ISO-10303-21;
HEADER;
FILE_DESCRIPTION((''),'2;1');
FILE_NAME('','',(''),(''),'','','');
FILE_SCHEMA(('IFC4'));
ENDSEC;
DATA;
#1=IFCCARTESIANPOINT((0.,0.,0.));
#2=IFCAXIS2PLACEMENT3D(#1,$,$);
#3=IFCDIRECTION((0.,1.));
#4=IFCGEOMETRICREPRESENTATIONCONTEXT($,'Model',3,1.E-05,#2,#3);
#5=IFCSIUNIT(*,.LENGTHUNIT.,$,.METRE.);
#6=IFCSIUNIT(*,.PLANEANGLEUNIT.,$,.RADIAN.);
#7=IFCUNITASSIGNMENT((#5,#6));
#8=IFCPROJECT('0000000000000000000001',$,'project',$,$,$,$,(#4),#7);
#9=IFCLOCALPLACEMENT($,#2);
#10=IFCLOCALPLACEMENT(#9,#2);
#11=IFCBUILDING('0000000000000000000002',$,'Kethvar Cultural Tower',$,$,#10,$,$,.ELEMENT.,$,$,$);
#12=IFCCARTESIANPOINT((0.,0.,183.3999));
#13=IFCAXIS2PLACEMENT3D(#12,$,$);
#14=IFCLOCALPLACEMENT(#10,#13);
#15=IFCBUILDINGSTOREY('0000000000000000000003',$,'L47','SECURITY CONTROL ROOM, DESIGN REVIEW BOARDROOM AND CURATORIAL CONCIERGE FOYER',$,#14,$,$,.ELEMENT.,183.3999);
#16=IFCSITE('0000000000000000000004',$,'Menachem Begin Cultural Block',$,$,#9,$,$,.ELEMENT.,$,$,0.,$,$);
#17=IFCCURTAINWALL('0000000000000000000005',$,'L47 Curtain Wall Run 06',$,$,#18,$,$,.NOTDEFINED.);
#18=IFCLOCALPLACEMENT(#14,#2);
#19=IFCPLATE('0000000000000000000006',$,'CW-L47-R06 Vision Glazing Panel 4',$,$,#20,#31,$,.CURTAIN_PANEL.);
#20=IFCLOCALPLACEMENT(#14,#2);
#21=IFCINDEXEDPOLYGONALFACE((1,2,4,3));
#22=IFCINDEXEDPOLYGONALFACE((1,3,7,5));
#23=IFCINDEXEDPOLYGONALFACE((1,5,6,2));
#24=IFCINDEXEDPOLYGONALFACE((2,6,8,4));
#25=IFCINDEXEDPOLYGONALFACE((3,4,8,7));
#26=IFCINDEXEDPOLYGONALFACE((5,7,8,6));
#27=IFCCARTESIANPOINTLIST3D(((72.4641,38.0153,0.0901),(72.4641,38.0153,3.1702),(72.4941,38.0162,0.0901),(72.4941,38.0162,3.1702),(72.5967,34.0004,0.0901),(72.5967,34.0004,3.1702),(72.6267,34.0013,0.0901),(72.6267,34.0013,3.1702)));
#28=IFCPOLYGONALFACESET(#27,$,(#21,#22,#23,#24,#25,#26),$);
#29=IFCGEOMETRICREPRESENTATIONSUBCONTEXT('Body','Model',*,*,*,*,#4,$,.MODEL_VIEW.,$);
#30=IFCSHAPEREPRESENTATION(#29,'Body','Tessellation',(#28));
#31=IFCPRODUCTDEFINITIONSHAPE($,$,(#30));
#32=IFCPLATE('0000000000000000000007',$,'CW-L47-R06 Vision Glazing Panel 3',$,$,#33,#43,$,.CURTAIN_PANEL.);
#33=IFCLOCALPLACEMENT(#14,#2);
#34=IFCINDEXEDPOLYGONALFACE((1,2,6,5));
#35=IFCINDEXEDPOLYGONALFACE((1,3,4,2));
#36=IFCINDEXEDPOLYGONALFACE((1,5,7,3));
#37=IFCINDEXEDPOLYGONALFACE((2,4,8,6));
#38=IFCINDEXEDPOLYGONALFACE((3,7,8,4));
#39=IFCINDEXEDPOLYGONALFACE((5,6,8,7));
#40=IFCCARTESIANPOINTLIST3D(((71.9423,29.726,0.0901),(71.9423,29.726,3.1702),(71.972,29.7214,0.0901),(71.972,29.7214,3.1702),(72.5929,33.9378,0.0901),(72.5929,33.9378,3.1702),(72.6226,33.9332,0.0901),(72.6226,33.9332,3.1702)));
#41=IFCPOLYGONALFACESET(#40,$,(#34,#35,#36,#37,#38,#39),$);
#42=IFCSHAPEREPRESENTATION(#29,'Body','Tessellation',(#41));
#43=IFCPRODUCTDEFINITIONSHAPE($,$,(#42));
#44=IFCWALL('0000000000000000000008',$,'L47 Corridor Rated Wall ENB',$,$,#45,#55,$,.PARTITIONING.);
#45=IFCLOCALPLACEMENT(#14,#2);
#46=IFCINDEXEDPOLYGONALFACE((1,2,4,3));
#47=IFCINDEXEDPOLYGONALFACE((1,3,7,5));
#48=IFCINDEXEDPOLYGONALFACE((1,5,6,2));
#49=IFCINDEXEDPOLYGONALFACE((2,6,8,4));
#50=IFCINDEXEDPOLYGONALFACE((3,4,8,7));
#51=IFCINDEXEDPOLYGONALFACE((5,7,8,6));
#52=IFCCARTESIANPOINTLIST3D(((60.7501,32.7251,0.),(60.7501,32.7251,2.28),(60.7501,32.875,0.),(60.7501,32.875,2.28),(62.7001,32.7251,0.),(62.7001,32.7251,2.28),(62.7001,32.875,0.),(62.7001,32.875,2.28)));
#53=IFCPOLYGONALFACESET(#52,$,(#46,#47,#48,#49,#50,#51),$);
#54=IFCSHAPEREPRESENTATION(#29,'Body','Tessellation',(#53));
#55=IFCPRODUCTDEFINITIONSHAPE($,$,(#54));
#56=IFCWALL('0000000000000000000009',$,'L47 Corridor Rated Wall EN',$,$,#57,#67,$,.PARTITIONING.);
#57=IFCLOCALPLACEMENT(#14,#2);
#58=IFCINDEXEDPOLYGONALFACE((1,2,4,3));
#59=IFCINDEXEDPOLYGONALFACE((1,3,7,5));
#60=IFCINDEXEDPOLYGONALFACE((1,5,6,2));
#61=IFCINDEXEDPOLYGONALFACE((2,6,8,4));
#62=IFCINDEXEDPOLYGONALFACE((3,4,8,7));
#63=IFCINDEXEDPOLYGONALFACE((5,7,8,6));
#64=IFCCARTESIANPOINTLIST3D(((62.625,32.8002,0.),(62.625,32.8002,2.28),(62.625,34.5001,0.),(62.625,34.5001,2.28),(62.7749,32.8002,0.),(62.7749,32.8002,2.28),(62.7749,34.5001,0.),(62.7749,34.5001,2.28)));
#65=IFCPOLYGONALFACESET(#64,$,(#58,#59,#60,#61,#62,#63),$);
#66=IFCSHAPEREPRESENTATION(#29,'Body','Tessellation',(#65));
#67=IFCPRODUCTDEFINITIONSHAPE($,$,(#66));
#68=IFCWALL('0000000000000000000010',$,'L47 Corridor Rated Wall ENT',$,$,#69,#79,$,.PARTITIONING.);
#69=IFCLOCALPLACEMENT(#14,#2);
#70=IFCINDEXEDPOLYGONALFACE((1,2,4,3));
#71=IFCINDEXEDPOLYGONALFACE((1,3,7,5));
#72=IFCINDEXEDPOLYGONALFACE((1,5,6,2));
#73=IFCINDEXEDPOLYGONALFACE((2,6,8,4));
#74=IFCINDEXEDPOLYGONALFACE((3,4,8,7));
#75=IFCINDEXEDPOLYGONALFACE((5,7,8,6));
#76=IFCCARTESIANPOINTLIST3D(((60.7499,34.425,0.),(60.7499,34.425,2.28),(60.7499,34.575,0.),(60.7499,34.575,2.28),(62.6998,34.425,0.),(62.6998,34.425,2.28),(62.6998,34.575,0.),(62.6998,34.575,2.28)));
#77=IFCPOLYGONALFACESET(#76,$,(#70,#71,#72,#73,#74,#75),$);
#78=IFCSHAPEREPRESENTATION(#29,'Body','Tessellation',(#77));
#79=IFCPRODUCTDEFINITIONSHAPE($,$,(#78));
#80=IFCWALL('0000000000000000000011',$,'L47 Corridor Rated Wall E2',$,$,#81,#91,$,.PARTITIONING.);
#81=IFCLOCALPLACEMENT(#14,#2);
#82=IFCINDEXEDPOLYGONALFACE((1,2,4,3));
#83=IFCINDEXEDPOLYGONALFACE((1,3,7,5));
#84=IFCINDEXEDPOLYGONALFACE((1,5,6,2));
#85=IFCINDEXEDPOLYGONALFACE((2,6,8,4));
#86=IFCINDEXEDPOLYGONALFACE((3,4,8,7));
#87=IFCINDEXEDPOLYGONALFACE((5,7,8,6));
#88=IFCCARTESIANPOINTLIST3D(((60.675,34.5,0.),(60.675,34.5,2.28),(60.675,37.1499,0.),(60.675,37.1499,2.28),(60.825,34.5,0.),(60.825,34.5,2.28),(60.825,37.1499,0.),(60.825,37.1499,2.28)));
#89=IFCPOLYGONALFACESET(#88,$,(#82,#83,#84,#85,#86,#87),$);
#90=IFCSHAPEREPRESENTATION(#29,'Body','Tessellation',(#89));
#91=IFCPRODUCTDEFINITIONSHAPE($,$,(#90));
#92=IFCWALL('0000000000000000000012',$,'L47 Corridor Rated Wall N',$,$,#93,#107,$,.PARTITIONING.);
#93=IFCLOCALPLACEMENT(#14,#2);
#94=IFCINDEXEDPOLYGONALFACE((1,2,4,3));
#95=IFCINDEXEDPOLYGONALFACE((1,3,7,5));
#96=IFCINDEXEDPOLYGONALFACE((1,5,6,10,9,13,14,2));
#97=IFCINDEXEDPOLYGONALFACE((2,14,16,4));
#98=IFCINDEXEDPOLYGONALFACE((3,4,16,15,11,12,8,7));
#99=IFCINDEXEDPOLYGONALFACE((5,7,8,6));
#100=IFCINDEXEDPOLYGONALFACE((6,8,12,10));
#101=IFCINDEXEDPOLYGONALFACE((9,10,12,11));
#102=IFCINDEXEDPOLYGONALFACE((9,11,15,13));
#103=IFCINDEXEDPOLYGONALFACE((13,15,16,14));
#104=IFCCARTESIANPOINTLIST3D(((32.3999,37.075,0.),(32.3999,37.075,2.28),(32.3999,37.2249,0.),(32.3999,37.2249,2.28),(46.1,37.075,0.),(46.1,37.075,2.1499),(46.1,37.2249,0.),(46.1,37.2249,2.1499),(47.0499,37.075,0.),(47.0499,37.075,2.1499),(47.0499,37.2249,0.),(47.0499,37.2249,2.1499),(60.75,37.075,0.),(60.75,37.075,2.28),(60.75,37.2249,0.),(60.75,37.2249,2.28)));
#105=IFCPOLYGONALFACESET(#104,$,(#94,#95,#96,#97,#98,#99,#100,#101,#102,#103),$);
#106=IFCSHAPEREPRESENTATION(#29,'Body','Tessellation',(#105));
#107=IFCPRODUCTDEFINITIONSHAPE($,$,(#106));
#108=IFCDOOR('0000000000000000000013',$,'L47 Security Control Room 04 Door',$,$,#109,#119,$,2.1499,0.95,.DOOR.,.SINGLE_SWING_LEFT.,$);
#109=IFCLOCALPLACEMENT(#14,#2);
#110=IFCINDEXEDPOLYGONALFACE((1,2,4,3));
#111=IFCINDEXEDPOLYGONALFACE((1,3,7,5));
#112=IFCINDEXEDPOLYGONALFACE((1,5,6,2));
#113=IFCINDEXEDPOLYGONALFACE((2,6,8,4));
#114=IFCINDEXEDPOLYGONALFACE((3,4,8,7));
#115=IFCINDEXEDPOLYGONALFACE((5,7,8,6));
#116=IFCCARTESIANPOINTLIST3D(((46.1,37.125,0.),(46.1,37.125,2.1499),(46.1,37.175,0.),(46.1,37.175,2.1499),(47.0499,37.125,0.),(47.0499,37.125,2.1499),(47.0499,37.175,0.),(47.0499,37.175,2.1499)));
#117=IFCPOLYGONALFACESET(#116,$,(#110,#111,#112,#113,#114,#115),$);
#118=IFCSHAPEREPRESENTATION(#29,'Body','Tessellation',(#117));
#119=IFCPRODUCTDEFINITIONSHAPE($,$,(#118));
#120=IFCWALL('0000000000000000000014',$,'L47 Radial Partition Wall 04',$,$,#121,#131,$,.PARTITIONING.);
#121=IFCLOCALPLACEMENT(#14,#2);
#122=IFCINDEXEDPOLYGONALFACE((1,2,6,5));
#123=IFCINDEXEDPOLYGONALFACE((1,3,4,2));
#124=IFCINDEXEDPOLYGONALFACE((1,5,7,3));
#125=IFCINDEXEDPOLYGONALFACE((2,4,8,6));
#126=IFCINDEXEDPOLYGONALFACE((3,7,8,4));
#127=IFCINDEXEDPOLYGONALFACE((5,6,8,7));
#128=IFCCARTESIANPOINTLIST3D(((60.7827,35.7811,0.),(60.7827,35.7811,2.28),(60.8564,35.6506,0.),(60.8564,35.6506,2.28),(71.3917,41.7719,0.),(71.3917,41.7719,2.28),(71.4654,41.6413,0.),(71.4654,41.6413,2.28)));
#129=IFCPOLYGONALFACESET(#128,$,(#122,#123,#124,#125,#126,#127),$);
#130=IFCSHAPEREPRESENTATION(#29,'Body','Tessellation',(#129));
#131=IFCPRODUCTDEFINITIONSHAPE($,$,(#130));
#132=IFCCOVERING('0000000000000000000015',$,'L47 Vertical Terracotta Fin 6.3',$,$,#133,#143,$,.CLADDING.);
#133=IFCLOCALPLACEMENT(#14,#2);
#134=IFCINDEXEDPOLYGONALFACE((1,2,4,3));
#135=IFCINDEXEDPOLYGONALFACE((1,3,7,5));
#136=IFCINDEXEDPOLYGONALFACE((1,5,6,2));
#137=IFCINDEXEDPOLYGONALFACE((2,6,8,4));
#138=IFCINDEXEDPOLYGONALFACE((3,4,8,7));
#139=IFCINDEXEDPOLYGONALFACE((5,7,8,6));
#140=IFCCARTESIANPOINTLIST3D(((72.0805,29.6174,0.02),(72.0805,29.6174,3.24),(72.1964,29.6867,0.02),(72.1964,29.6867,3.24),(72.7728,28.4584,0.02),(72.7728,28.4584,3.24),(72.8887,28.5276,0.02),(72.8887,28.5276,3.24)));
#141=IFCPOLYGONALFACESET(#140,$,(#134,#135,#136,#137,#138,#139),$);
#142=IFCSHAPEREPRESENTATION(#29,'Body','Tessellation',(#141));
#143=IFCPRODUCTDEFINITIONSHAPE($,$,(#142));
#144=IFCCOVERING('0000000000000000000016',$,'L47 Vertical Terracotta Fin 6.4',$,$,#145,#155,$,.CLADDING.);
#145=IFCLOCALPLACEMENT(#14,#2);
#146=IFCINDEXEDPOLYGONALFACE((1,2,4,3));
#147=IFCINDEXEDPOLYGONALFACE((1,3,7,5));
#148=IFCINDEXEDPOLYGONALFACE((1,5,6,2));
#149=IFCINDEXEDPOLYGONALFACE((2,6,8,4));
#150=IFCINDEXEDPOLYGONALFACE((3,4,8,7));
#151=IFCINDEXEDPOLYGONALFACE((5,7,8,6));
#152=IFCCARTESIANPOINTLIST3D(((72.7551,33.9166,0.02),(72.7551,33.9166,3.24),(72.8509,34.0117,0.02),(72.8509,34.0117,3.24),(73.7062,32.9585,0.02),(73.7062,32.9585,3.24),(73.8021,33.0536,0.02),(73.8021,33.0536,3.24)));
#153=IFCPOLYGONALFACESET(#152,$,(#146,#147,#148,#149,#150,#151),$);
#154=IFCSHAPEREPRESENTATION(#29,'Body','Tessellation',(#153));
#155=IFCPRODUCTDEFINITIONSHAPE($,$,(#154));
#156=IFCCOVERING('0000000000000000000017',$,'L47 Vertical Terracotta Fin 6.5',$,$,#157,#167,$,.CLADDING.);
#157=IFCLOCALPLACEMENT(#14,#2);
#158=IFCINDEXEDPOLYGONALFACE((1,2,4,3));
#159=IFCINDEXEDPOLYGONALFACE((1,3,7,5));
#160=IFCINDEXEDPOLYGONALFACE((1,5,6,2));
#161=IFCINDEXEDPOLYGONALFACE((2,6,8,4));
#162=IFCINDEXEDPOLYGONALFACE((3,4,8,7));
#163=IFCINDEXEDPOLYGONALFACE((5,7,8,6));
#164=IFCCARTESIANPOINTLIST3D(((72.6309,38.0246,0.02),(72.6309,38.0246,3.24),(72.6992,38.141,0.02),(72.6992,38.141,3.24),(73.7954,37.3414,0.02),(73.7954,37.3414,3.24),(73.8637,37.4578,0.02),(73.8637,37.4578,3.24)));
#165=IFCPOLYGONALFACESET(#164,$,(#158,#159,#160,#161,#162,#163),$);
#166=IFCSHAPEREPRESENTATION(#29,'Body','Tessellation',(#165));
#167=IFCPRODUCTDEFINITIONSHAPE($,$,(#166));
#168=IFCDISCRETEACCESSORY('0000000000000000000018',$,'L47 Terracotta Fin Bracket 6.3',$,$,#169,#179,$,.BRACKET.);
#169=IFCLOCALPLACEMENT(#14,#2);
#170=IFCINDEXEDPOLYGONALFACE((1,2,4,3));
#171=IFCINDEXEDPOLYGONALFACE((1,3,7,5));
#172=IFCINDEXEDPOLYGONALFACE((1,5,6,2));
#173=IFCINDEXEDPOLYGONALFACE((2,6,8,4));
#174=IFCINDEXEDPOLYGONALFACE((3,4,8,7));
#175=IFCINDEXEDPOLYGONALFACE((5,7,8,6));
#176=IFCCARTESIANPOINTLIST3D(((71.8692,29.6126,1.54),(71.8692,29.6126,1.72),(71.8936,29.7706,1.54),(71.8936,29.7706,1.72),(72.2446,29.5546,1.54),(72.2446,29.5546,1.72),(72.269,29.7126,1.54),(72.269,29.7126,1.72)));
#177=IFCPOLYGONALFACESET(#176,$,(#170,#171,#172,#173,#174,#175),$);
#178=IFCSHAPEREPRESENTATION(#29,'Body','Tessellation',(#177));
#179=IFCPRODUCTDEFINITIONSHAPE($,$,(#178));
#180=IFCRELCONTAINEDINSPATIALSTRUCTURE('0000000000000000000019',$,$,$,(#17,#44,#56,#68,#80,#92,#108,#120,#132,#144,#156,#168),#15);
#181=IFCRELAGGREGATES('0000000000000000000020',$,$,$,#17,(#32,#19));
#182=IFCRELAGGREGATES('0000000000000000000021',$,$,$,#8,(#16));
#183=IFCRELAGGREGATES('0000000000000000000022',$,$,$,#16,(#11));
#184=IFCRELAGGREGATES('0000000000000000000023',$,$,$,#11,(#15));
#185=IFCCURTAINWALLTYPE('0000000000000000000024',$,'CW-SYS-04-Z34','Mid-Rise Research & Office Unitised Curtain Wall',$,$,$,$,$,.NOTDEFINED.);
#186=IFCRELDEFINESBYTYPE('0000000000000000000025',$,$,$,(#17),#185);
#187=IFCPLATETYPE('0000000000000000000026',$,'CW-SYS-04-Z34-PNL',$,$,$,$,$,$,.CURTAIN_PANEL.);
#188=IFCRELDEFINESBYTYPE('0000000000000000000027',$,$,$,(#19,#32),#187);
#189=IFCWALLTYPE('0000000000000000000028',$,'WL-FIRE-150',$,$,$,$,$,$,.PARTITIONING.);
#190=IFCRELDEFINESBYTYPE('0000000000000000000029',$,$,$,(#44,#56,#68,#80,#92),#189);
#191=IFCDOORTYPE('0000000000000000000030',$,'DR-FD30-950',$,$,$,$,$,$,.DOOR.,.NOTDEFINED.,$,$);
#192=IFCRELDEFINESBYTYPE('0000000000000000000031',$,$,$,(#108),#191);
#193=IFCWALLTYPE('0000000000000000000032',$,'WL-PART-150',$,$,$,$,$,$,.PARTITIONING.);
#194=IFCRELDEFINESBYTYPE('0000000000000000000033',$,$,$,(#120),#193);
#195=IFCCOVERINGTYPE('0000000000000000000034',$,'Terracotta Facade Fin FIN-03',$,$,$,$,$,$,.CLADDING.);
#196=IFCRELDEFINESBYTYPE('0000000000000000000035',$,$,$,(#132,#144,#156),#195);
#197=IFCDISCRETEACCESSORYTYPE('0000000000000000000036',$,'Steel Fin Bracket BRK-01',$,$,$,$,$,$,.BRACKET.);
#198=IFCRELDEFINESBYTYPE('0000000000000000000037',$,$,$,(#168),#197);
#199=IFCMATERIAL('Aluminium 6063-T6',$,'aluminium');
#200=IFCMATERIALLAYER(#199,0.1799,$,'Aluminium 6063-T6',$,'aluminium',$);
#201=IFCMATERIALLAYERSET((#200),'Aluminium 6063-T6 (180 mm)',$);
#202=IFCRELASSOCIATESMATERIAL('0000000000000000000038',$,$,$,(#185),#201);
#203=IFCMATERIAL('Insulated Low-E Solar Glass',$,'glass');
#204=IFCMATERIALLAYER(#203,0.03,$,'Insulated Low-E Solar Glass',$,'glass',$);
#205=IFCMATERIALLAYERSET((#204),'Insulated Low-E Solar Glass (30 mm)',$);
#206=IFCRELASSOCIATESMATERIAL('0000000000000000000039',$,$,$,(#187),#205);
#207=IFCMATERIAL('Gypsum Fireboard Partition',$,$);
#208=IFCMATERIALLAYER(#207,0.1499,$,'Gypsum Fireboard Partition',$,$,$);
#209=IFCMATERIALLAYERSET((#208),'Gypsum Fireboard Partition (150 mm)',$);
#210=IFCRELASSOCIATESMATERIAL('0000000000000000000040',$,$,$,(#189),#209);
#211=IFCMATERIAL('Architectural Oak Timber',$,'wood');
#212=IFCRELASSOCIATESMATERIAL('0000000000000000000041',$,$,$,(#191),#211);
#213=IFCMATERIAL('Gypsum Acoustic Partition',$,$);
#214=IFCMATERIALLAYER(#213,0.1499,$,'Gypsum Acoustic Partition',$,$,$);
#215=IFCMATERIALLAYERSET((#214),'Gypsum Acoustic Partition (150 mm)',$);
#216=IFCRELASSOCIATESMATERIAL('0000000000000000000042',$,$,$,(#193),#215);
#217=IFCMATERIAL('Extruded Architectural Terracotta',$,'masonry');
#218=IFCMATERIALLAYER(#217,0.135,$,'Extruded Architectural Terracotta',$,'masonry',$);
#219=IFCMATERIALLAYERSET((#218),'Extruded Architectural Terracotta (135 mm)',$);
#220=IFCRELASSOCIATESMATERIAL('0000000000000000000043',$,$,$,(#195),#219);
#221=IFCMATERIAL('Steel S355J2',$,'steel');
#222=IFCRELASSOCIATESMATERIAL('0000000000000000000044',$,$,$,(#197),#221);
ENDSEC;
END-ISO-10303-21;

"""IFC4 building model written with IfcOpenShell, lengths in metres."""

from ifc_helpers import new_model, si_unit, direction, frame, frame_2d, origin, origin_2d, place, context, subcontext, project, spatial, rectangle, extrude, source, transform, mapped, material, layer, layer_set, type_object, element, fill, aggregate, save


model = new_model("IFC4")

# Units and contexts
model_context = context("Model", 3, precision=1e-05, world=origin(), true_north=direction((0.0, 1.0)))
body_context = subcontext(model_context, "Body", "Model", "MODEL_VIEW")
ifc_project = project(units=[si_unit("LENGTHUNIT", "METRE"), si_unit("PLANEANGLEUNIT", "RADIAN")], contexts=[model_context])

# Site, building, storey
site_placement = place(None, origin())
site = spatial("IfcSite", under=ifc_project, at=site_placement, Name="Menachem Begin Cultural Block", CompositionType="ELEMENT", RefElevation=0.0)
building_placement = place(site_placement, origin())
building = spatial("IfcBuilding", under=site, at=building_placement, Name="Kethvar Cultural Tower", CompositionType="ELEMENT")
storey_placement = place(building_placement, frame((0.0, 0.0, 183.3999)))
storey = spatial("IfcBuildingStorey", under=building, at=storey_placement, Name="L47", Description="SECURITY CONTROL ROOM, DESIGN REVIEW BOARDROOM AND CURATORIAL CONCIERGE FOYER", CompositionType="ELEMENT", Elevation=183.3999)

# Shared definitions
ifc_material_1 = material(Name="Steel S355J2", Category="steel")

# Curtain wall, plates
ifc_material_2 = material(Name="Aluminium 6063-T6", Category="aluminium")
ifc_layer_1 = layer(ifc_material_2, 0.1799, Name="Aluminium 6063-T6", Category="aluminium")
ifc_layer_set_1 = layer_set([ifc_layer_1], Name="Aluminium 6063-T6 (180 mm)")
curtain_wall_type = type_object("IfcCurtainWallType", Name="CW-SYS-04-Z34", Description="Mid-Rise Research & Office Unitised Curtain Wall", PredefinedType="NOTDEFINED", material=ifc_layer_set_1)
curtain_wall_placement = place(storey_placement, origin())
curtain_wall = element("IfcCurtainWall", 1, at=curtain_wall_placement, inside=storey, type_object=curtain_wall_type, Name="L47 Curtain Wall Run 06", PredefinedType="NOTDEFINED")
ifc_material_3 = material(Name="Insulated Low-E Solar Glass", Category="glass")
ifc_layer_2 = layer(ifc_material_3, 0.03, Name="Insulated Low-E Solar Glass", Category="glass")
ifc_layer_set_2 = layer_set([ifc_layer_2], Name="Insulated Low-E Solar Glass (30 mm)")
plate_type = type_object("IfcPlateType", Name="CW-SYS-04-Z34-PNL", PredefinedType="CURTAIN_PANEL", material=ifc_layer_set_2)
shared_shape_1 = source(origin(), body_context, "Body", "SweptSolid", [
    extrude(rectangle(XDim=4.0171, YDim=0.03, at=origin_2d()), origin(), (0.0, 0.0, 1.0), 3.0801),
])
plate_1_placement = place(storey_placement, frame((72.5454, 36.0083, 0.0901), z_axis=(0.0, 0.0, 1.0), x_axis=(-0.032998, 0.999455, 0.0)))
plate_1 = element("IfcPlate", 2, at=plate_1_placement, type_object=plate_type, Name="CW-L47-R06 Vision Glazing Panel 4", PredefinedType="CURTAIN_PANEL", context=body_context, shape_type="MappedRepresentation", body=[
    mapped(shared_shape_1, transform((0.0, 0.0, 0.0), scale=1.0)),
])
shared_shape_2 = source(origin(), body_context, "Body", "SweptSolid", [
    extrude(rectangle(XDim=4.2617, YDim=0.03, at=origin_2d()), origin(), (0.0, 0.0, 1.0), 3.0801),
])
plate_2_placement = place(storey_placement, frame((72.2825, 31.8296, 0.0901), z_axis=(0.0, 0.0, 1.0), x_axis=(0.152658, 0.988279, 0.0)))
plate_2 = element("IfcPlate", 3, at=plate_2_placement, type_object=plate_type, Name="CW-L47-R06 Vision Glazing Panel 3", PredefinedType="CURTAIN_PANEL", context=body_context, shape_type="MappedRepresentation", body=[
    mapped(shared_shape_2, transform((0.0, 0.0, 0.0), scale=1.0)),
])
aggregate(curtain_wall, [plate_2, plate_1])

# Walls
ifc_material_4 = material(Name="Gypsum Fireboard Partition")
ifc_layer_3 = layer(ifc_material_4, 0.1499, Name="Gypsum Fireboard Partition")
ifc_layer_set_3 = layer_set([ifc_layer_3], Name="Gypsum Fireboard Partition (150 mm)")
wall_type_1 = type_object("IfcWallType", Name="WL-FIRE-150", PredefinedType="PARTITIONING", material=ifc_layer_set_3)
wall_1_placement = place(storey_placement, frame((60.75, 32.8, 0.0), z_axis=(0.0, 0.0, 1.0), x_axis=(1.0, 0.0, 0.0)))
element("IfcWall", 4, at=wall_1_placement, inside=storey, type_object=wall_type_1, Name="L47 Corridor Rated Wall ENB", PredefinedType="PARTITIONING", context=body_context, shape_type="SweptSolid", body=[
    extrude(rectangle(XDim=1.95, YDim=0.1499, at=frame_2d((0.9751, 0.0))), origin(), (0.0, 0.0, 1.0), 2.28),
])
wall_2_placement = place(storey_placement, frame((62.7, 32.8, 0.0), z_axis=(0.0, 0.0, 1.0), x_axis=(0.0, 1.0, 0.0)))
element("IfcWall", 5, at=wall_2_placement, inside=storey, type_object=wall_type_1, Name="L47 Corridor Rated Wall EN", PredefinedType="PARTITIONING", context=body_context, shape_type="SweptSolid", body=[
    extrude(rectangle(XDim=1.7, YDim=0.1499, at=frame_2d((0.8501, 0.0))), origin(), (0.0, 0.0, 1.0), 2.28),
])
wall_3_placement = place(storey_placement, frame((62.7, 34.5, 0.0), z_axis=(0.0, 0.0, 1.0), x_axis=(-1.0, 0.0, 0.0)))
element("IfcWall", 6, at=wall_3_placement, inside=storey, type_object=wall_type_1, Name="L47 Corridor Rated Wall ENT", PredefinedType="PARTITIONING", context=body_context, shape_type="SweptSolid", body=[
    extrude(rectangle(XDim=1.95, YDim=0.1499, at=frame_2d((0.9751, 0.0))), origin(), (0.0, 0.0, 1.0), 2.28),
])
wall_4_placement = place(storey_placement, frame((60.75, 34.5, 0.0), z_axis=(0.0, 0.0, 1.0), x_axis=(0.0, 1.0, 0.0)))
element("IfcWall", 7, at=wall_4_placement, inside=storey, type_object=wall_type_1, Name="L47 Corridor Rated Wall E2", PredefinedType="PARTITIONING", context=body_context, shape_type="SweptSolid", body=[
    extrude(rectangle(XDim=2.6499, YDim=0.1499, at=frame_2d((1.325, 0.0))), origin(), (0.0, 0.0, 1.0), 2.28),
])

# Wall, opening, door
wall_5_placement = place(storey_placement, frame((60.75, 37.1499, 0.0), z_axis=(0.0, 0.0, 1.0), x_axis=(-1.0, 0.0, 0.0)))
wall_5 = element("IfcWall", 8, at=wall_5_placement, inside=storey, type_object=wall_type_1, Name="L47 Corridor Rated Wall N", PredefinedType="PARTITIONING", context=body_context, shape_type="SweptSolid", body=[
    extrude(rectangle(XDim=28.3501, YDim=0.1499, at=frame_2d((14.175, 0.0))), origin(), (0.0, 0.0, 1.0), 2.28),
])
opening_placement = place(wall_5_placement, frame((13.7, 0.0, 0.0)))
opening = element("IfcOpeningElement", 9, at=opening_placement, cuts=wall_5, PredefinedType="OPENING", context=body_context, shape_type="SweptSolid", body=[
    extrude(rectangle(XDim=0.95, YDim=2.1499, at=frame_2d((0.4751, 1.075))), frame((0.0, 0.085, 0.0), z_axis=(0.0, -1.0, 0.0), x_axis=(1.0, 0.0, 0.0)), (0.0, 0.0, 1.0), 0.1699),
])
ifc_material_5 = material(Name="Architectural Oak Timber", Category="wood")
door_type = type_object("IfcDoorType", Name="DR-FD30-950", OperationType="NOTDEFINED", PredefinedType="DOOR", material=ifc_material_5)
shared_shape_3 = source(origin(), body_context, "Body", "SweptSolid", [
    extrude(rectangle(XDim=0.95, YDim=2.1499, at=frame_2d((0.4751, 1.075))), frame((0.0, 0.0249, 0.0), z_axis=(0.0, -1.0, 0.0), x_axis=(1.0, 0.0, 0.0)), (0.0, 0.0, 1.0), 0.05),
])
door_placement = place(opening_placement, origin())
door = element("IfcDoor", 10, at=door_placement, inside=storey, type_object=door_type, Name="L47 Security Control Room 04 Door", OperationType="SINGLE_SWING_LEFT", OverallHeight=2.1499, OverallWidth=0.95, PredefinedType="DOOR", context=body_context, shape_type="MappedRepresentation", body=[
    mapped(shared_shape_3, transform((0.0, 0.0, 0.0), scale=1.0)),
])
fill(opening, door)

# Wall
ifc_material_6 = material(Name="Gypsum Acoustic Partition")
ifc_layer_4 = layer(ifc_material_6, 0.1499, Name="Gypsum Acoustic Partition")
ifc_layer_set_4 = layer_set([ifc_layer_4], Name="Gypsum Acoustic Partition (150 mm)")
wall_type_2 = type_object("IfcWallType", Name="WL-PART-150", PredefinedType="PARTITIONING", material=ifc_layer_set_4)
wall_6_placement = place(storey_placement, frame((60.8196, 35.7158, 0.0), z_axis=(0.0, 0.0, 1.0), x_axis=(0.87076, 0.491709, 0.0)))
element("IfcWall", 11, at=wall_6_placement, inside=storey, type_object=wall_type_2, Name="L47 Radial Partition Wall 04", PredefinedType="PARTITIONING", context=body_context, shape_type="SweptSolid", body=[
    extrude(rectangle(XDim=12.1836, YDim=0.1499, at=frame_2d((6.0918, 0.0))), origin(), (0.0, 0.0, 1.0), 2.28),
])

# Coverings
ifc_material_7 = material(Name="Extruded Architectural Terracotta", Category="masonry")
ifc_layer_5 = layer(ifc_material_7, 0.135, Name="Extruded Architectural Terracotta", Category="masonry")
ifc_layer_set_5 = layer_set([ifc_layer_5], Name="Extruded Architectural Terracotta (135 mm)")
covering_type = type_object("IfcCoveringType", Name="Terracotta Facade Fin FIN-03", PredefinedType="CLADDING", material=ifc_layer_set_5)
shared_shape_4 = source(origin(), body_context, "Body", "SweptSolid", [
    extrude(rectangle(XDim=1.3501, YDim=0.135, at=origin_2d()), origin(), (0.0, 0.0, 1.0), 3.22),
])
for number, where, z_axis, x_axis, name in (
    (12, (72.4846, 29.0725, 0.02), (0.0, 0.0, 1.0), (0.512792, -0.858513, 0.0), "L47 Vertical Terracotta Fin 6.3"),
    (13, (73.2786, 33.4851, 0.02), (0.0, 0.0, 1.0), (0.70451, -0.709694, 0.0), "L47 Vertical Terracotta Fin 6.4"),
    (14, (73.2473, 37.7412, 0.02), (0.0, 0.0, 1.0), (0.862514, -0.506034, 0.0), "L47 Vertical Terracotta Fin 6.5"),
):
    element("IfcCovering", number, at=place(storey_placement, frame(where, z_axis=z_axis, x_axis=x_axis)), inside=storey, type_object=covering_type, Name=name, PredefinedType="CLADDING", context=body_context, shape_type="MappedRepresentation", body=[
        mapped(shared_shape_4, transform((0.0, 0.0, 0.0), scale=1.0)),
    ])

# Discrete accessory
discrete_accessory_type = type_object("IfcDiscreteAccessoryType", Name="Steel Fin Bracket BRK-01", PredefinedType="BRACKET", material=ifc_material_1)
shared_shape_5 = source(origin(), body_context, "Body", "SweptSolid", [
    extrude(rectangle(XDim=0.3799, YDim=0.1599, at=origin_2d()), origin(), (0.0, 0.0, 1.0), 0.1799),
])
for number, where, z_axis, x_axis, name in (
    (15, (72.0691, 29.6626, 1.54), (0.0, 0.0, 1.0), (0.988282, -0.152641, 0.0), "L47 Terracotta Fin Bracket 6.3"),
):
    element("IfcDiscreteAccessory", number, at=place(storey_placement, frame(where, z_axis=z_axis, x_axis=x_axis)), inside=storey, type_object=discrete_accessory_type, Name=name, PredefinedType="BRACKET", context=body_context, shape_type="MappedRepresentation", body=[
        mapped(shared_shape_5, transform((0.0, 0.0, 0.0), scale=1.0)),
    ])

save(model, "model.ifc")
